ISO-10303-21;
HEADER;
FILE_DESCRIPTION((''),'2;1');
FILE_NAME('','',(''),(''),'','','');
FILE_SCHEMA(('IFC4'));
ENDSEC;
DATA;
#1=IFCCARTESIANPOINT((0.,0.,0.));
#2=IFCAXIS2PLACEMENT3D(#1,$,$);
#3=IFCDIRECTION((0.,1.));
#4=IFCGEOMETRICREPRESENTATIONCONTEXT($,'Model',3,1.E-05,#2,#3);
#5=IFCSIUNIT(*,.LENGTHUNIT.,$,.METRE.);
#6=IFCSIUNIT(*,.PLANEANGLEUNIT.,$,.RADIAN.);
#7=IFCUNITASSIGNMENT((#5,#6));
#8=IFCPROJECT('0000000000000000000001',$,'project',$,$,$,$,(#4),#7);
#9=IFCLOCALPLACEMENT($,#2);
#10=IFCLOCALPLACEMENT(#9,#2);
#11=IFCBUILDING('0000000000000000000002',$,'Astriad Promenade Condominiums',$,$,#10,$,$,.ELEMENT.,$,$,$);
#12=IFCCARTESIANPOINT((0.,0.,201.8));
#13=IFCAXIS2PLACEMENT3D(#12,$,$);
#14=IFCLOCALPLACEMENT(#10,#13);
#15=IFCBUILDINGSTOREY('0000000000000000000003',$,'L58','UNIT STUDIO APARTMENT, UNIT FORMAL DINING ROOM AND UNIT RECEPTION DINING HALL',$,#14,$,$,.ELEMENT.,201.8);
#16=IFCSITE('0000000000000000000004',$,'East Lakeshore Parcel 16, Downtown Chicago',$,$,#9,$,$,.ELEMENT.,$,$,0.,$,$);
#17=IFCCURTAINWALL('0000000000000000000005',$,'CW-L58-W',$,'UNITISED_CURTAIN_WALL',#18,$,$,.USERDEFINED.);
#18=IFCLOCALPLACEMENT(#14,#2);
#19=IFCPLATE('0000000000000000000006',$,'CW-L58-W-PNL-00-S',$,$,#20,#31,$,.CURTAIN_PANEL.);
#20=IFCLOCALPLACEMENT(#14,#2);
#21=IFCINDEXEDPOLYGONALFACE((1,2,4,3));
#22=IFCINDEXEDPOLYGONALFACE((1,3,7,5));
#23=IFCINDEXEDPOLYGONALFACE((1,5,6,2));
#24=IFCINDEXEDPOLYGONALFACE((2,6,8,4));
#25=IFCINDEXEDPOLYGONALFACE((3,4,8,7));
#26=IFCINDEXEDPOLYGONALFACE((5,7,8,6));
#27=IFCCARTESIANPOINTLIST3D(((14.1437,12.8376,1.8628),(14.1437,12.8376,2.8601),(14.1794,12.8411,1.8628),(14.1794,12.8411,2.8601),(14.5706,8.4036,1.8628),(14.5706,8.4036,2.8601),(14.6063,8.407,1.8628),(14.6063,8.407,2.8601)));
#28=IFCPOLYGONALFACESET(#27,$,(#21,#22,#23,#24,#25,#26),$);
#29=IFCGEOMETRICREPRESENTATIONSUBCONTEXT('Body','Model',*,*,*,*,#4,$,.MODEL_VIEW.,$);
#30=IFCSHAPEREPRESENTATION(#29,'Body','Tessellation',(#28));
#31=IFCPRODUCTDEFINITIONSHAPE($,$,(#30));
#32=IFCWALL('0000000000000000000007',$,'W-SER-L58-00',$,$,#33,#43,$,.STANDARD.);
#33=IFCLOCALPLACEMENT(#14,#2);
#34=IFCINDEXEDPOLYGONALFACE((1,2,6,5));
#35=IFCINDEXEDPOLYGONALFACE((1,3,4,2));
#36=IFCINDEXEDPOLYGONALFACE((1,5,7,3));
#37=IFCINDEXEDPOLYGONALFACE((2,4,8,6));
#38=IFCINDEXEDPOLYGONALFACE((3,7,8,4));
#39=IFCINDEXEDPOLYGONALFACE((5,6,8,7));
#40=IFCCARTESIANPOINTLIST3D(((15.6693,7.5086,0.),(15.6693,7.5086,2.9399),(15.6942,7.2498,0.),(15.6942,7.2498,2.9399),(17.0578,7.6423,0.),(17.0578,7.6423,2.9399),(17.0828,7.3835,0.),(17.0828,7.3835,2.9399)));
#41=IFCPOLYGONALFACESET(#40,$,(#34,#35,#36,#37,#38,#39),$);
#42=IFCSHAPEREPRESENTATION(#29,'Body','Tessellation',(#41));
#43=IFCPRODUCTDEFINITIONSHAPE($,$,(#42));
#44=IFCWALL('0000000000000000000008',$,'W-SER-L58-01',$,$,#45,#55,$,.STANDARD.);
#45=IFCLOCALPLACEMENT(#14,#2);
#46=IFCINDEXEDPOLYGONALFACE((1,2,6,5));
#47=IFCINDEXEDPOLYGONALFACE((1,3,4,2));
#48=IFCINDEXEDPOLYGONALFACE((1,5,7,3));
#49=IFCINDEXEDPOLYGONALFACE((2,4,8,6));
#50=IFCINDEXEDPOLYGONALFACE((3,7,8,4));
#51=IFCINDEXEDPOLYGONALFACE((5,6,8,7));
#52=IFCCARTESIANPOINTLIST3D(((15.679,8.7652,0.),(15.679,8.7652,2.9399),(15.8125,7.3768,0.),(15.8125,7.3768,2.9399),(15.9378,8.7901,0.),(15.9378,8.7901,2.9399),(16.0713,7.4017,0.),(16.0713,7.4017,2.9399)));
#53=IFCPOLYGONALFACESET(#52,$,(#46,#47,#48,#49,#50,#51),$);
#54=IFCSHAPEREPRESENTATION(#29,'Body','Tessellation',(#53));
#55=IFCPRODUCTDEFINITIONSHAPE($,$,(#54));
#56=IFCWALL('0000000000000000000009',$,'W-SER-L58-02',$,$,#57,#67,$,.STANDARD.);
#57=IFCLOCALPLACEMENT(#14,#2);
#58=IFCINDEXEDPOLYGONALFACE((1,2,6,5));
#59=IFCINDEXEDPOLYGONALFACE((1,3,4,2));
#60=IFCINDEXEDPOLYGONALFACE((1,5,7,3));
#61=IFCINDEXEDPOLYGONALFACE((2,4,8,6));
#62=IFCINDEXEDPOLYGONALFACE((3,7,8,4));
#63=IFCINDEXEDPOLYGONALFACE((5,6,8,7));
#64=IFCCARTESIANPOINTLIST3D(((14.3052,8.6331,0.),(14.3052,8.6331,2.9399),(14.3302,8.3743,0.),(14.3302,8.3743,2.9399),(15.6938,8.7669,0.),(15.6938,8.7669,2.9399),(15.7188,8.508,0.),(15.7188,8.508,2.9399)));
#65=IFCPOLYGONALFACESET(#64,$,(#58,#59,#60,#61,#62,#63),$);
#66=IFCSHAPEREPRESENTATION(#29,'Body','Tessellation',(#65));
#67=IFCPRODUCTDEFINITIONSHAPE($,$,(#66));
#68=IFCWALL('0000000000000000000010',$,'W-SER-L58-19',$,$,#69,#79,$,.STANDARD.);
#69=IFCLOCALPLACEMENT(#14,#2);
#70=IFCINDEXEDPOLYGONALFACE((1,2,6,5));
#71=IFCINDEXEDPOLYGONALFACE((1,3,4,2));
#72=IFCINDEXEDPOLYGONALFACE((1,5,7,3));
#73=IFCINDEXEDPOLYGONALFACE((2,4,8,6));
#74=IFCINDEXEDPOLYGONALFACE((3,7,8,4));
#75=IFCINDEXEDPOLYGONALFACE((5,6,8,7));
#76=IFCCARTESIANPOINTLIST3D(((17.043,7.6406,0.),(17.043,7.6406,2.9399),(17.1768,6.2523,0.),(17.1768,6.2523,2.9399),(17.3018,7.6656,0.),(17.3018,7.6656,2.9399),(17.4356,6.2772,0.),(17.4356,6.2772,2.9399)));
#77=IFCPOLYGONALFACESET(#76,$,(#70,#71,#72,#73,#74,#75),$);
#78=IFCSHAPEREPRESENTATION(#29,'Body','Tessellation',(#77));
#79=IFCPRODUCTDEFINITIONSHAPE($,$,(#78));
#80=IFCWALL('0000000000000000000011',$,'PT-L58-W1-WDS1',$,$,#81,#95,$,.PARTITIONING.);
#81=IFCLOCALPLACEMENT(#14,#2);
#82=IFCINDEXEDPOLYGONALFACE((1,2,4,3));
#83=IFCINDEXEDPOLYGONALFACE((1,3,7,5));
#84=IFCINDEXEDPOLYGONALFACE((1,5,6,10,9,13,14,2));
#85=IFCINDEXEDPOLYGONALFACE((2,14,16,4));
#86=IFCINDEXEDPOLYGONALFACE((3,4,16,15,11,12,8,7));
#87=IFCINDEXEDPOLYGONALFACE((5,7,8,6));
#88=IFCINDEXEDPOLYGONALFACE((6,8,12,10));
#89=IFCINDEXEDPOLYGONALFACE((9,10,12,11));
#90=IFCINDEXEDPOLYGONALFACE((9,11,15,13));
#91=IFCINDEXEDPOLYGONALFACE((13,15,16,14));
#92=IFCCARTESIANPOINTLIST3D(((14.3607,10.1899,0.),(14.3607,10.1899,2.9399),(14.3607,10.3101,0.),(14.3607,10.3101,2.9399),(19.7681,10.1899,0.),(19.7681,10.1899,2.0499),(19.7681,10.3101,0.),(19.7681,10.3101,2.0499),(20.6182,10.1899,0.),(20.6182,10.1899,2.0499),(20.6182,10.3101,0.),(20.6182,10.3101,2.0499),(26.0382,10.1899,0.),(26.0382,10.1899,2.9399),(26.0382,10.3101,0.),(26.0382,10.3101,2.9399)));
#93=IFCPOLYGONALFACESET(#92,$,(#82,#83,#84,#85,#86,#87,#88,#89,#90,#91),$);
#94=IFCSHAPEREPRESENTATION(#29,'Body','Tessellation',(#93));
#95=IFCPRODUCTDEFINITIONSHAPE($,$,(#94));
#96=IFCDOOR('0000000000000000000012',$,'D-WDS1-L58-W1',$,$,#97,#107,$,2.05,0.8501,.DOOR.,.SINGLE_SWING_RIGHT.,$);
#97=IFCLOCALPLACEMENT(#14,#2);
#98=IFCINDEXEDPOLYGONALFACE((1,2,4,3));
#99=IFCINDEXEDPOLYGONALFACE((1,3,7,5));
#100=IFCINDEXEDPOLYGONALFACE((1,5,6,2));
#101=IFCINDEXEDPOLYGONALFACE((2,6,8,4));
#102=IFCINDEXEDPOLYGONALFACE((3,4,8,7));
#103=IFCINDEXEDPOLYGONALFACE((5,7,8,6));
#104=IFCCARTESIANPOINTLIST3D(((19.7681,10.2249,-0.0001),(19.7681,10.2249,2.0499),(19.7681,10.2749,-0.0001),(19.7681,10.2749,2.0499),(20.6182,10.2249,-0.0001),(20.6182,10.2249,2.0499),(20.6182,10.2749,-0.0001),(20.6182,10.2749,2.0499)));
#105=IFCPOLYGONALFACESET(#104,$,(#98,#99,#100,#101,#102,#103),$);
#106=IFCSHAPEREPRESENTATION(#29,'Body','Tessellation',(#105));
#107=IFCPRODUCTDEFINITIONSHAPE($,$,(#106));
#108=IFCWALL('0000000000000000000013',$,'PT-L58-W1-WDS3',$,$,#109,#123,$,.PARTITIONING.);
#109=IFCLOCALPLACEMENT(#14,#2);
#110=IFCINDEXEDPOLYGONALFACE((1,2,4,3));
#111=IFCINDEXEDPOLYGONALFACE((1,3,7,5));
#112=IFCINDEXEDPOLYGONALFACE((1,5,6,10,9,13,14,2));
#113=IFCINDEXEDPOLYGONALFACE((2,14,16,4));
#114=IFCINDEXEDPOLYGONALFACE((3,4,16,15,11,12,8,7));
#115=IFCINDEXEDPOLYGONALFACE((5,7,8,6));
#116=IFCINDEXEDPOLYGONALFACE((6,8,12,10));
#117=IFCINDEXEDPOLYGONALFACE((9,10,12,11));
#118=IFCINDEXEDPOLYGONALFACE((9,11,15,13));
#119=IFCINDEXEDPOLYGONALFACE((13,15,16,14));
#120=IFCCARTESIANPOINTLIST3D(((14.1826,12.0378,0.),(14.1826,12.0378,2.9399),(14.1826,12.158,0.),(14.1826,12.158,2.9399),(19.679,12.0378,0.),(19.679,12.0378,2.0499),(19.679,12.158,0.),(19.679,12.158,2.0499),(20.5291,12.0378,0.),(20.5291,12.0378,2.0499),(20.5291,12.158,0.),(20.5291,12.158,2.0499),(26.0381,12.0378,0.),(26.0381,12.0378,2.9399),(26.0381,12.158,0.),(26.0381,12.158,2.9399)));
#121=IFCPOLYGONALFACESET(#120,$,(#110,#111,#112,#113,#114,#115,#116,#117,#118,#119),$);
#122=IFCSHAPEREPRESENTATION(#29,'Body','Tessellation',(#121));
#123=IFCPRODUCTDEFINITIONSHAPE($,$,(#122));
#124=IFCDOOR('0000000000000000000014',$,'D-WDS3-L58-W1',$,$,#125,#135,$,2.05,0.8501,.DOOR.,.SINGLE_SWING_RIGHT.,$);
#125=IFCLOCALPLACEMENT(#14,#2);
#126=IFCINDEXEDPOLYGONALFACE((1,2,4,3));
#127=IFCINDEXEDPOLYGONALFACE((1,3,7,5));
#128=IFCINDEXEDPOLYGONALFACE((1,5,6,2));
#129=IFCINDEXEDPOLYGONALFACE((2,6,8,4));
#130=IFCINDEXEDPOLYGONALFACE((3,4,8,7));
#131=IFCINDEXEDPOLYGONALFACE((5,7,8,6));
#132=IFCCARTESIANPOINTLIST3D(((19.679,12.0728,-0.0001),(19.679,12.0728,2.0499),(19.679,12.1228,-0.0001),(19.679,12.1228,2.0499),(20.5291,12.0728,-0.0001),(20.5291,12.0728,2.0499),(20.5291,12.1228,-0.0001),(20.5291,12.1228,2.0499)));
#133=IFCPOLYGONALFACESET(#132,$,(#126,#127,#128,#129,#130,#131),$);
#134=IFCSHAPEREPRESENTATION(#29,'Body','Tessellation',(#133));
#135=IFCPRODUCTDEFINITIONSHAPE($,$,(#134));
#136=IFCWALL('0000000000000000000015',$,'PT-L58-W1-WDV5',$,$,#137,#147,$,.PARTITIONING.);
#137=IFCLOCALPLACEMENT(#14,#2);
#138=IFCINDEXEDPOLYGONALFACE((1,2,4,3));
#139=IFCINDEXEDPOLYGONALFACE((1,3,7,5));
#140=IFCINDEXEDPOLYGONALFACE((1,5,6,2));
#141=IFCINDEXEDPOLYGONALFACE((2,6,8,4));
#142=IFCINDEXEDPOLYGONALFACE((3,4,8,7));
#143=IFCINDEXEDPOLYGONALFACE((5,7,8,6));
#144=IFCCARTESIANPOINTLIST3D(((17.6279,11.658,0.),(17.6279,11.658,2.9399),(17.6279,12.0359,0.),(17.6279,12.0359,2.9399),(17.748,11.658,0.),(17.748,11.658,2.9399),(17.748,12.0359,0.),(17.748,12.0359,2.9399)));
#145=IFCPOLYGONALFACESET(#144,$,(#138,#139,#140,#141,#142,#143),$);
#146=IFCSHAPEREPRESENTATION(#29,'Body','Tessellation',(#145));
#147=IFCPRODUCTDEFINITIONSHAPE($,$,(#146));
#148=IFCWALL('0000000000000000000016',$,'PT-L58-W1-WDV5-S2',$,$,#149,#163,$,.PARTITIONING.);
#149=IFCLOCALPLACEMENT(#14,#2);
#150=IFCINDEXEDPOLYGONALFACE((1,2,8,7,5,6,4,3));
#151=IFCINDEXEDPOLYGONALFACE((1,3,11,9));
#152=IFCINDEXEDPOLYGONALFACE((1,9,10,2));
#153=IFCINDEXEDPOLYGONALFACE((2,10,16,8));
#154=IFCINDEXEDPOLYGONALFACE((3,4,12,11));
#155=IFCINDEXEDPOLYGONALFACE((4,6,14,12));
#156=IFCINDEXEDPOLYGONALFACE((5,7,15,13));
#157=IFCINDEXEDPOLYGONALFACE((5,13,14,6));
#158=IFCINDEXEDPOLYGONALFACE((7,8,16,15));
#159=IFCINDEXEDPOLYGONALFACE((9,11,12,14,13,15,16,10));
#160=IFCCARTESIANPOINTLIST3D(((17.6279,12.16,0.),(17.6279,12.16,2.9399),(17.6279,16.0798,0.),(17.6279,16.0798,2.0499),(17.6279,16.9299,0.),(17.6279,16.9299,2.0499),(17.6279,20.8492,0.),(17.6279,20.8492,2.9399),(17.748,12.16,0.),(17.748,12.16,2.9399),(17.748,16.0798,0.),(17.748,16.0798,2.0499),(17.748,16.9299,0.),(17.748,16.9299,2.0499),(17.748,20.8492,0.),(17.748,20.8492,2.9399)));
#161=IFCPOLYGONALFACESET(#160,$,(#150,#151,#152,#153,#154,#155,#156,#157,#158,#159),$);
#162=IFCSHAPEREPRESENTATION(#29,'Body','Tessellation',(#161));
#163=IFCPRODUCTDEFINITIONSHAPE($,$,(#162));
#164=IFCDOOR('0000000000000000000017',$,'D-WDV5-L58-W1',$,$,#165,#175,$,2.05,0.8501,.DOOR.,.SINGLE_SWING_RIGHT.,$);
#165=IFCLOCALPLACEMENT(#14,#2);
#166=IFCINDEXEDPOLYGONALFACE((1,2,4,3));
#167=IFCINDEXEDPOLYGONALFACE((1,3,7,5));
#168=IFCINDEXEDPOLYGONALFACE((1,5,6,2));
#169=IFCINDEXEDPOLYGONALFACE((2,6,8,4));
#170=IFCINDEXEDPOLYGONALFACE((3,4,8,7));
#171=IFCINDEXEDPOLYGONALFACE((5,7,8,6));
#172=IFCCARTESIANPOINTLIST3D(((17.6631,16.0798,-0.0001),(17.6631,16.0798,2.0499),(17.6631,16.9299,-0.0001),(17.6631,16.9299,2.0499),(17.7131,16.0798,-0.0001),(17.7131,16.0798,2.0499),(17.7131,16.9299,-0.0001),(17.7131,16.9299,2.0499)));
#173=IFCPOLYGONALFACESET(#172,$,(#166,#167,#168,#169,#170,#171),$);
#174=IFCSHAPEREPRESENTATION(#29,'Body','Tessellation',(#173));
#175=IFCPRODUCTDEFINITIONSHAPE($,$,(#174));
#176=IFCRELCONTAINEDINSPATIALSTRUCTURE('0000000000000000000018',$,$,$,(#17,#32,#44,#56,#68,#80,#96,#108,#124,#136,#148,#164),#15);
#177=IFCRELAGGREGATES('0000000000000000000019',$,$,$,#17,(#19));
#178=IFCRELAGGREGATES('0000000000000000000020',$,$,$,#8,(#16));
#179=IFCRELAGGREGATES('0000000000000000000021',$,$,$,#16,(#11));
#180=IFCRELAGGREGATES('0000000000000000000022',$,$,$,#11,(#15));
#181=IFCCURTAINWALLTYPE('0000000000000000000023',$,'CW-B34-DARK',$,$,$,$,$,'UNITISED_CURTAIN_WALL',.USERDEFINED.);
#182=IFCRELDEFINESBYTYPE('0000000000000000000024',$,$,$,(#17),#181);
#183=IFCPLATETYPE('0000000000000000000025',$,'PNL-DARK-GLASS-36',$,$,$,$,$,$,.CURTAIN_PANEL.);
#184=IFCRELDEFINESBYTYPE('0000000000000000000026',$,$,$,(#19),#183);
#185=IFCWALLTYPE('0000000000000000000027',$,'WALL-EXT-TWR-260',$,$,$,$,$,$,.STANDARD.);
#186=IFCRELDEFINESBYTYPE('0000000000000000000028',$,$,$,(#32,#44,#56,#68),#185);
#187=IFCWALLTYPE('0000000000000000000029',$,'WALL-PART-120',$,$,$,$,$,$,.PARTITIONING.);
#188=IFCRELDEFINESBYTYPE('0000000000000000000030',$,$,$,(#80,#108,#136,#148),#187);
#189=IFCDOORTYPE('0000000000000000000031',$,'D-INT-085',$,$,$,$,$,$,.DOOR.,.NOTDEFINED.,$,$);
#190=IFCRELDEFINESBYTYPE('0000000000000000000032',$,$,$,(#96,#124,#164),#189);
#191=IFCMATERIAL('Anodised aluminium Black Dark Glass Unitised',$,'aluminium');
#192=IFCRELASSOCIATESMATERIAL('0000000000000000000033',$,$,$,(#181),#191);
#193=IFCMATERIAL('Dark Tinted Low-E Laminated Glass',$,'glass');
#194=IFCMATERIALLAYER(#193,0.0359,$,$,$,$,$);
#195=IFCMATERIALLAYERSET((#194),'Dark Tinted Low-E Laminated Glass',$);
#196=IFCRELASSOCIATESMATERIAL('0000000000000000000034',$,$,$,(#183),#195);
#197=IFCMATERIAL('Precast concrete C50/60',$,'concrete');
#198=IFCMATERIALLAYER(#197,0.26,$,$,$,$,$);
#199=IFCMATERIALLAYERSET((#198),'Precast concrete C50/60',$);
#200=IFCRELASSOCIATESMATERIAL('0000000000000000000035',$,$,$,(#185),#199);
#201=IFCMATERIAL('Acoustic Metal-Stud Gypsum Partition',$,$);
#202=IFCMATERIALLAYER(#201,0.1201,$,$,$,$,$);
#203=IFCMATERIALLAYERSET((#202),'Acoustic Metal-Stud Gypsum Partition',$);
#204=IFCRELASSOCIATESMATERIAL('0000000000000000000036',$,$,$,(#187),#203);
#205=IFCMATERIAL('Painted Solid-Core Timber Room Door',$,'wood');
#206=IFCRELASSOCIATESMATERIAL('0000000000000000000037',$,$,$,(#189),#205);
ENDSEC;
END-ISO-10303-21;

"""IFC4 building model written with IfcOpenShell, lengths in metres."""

from ifc_helpers import new_model, si_unit, direction, frame, frame_2d, origin, origin_2d, place, context, subcontext, project, spatial, rectangle, extrude, source, transform, mapped, material, layer, layer_set, type_object, type_shapes, element, fill, aggregate, save


model = new_model("IFC4")

# Units and contexts
model_context = context("Model", 3, precision=1e-05, world=origin(), true_north=direction((0.0, 1.0)))
body_context = subcontext(model_context, "Body", "Model", "MODEL_VIEW")
ifc_project = project(units=[si_unit("LENGTHUNIT", "METRE"), si_unit("PLANEANGLEUNIT", "RADIAN")], contexts=[model_context])

# Site, building, storey
site_placement = place(None, origin())
site = spatial("IfcSite", under=ifc_project, at=site_placement, Name="East Lakeshore Parcel 16, Downtown Chicago", CompositionType="ELEMENT", RefElevation=0.0)
building_placement = place(site_placement, origin())
building = spatial("IfcBuilding", under=site, at=building_placement, Name="Astriad Promenade Condominiums", CompositionType="ELEMENT")
storey_placement = place(building_placement, frame((0.0, 0.0, 201.8)))
storey = spatial("IfcBuildingStorey", under=building, at=storey_placement, Name="L58", Description="UNIT STUDIO APARTMENT, UNIT FORMAL DINING ROOM AND UNIT RECEPTION DINING HALL", CompositionType="ELEMENT", Elevation=201.8)

# Curtain wall
ifc_material_1 = material(Name="Anodised aluminium Black Dark Glass Unitised", Category="aluminium")
curtain_wall_type = type_object("IfcCurtainWallType", Name="CW-B34-DARK", ElementType="UNITISED_CURTAIN_WALL", PredefinedType="USERDEFINED", material=ifc_material_1)
curtain_wall_placement = place(storey_placement, origin())
curtain_wall = element("IfcCurtainWall", 1, at=curtain_wall_placement, inside=storey, type_object=curtain_wall_type, Name="CW-L58-W", ObjectType="UNITISED_CURTAIN_WALL", PredefinedType="USERDEFINED")

# Shared definitions
ifc_material_2 = material(Name="Precast concrete C50/60", Category="concrete")

# Plate
ifc_material_3 = material(Name="Dark Tinted Low-E Laminated Glass", Category="glass")
ifc_layer_1 = layer(ifc_material_3, 0.0359)
ifc_layer_set_1 = layer_set([ifc_layer_1], Name="Dark Tinted Low-E Laminated Glass")
plate_type = type_object("IfcPlateType", Name="PNL-DARK-GLASS-36", PredefinedType="CURTAIN_PANEL", material=ifc_layer_set_1)
shared_shape_1 = source(origin(), body_context, "Body", "SweptSolid", [
    extrude(rectangle(XDim=4.4546, YDim=0.0359, at=origin_2d()), origin(), (0.0, 0.0, 1.0), 0.9973),
])
plate_1_placement = place(storey_placement, frame((14.375, 10.6223, 1.8628), z_axis=(0.0, 0.0, 1.0), x_axis=(-0.095846, 0.995396, 0.0)))
plate_1 = element("IfcPlate", 2, at=plate_1_placement, type_object=plate_type, Name="CW-L58-W-PNL-00-S", PredefinedType="CURTAIN_PANEL", context=body_context, shape_type="MappedRepresentation", body=[
    mapped(shared_shape_1, transform((0.0, 0.0, 0.0), scale=1.0)),
])
aggregate(curtain_wall, [plate_1])

# Walls
ifc_layer_2 = layer(ifc_material_2, 0.26)
ifc_layer_set_2 = layer_set([ifc_layer_2], Name="Precast concrete C50/60")
wall_type_1 = type_object("IfcWallType", Name="WALL-EXT-TWR-260", PredefinedType="STANDARD", material=ifc_layer_set_2)
wall_1_placement = place(storey_placement, frame((17.0703, 7.5129, 0.0), z_axis=(0.0, 0.0, 1.0), x_axis=(-0.995391, -0.095899, 0.0)))
element("IfcWall", 3, at=wall_1_placement, inside=storey, type_object=wall_type_1, Name="W-SER-L58-00", PredefinedType="STANDARD", context=body_context, shape_type="SweptSolid", body=[
    extrude(rectangle(XDim=1.395, YDim=0.26, at=frame_2d((0.6975, 0.0))), origin(), (0.0, 0.0, 1.0), 2.9399),
])
wall_2_placement = place(storey_placement, frame((15.9419, 7.3894, 0.0), z_axis=(0.0, 0.0, 1.0), x_axis=(-0.095742, 0.995406, 0.0)))
element("IfcWall", 4, at=wall_2_placement, inside=storey, type_object=wall_type_1, Name="W-SER-L58-01", PredefinedType="STANDARD", context=body_context, shape_type="SweptSolid", body=[
    extrude(rectangle(XDim=1.3948, YDim=0.26, at=frame_2d((0.6973, 0.0))), origin(), (0.0, 0.0, 1.0), 2.9399),
])
wall_3_placement = place(storey_placement, frame((15.7063, 8.6375, 0.0), z_axis=(0.0, 0.0, 1.0), x_axis=(-0.995391, -0.095899, 0.0)))
element("IfcWall", 5, at=wall_3_placement, inside=storey, type_object=wall_type_1, Name="W-SER-L58-02", PredefinedType="STANDARD", context=body_context, shape_type="SweptSolid", body=[
    extrude(rectangle(XDim=1.395, YDim=0.26, at=frame_2d((0.6975, 0.0))), origin(), (0.0, 0.0, 1.0), 2.9399),
])
wall_4_placement = place(storey_placement, frame((17.3062, 6.2649, 0.0), z_axis=(0.0, 0.0, 1.0), x_axis=(-0.095916, 0.995389, 0.0)))
element("IfcWall", 6, at=wall_4_placement, inside=storey, type_object=wall_type_1, Name="W-SER-L58-19", PredefinedType="STANDARD", context=body_context, shape_type="SweptSolid", body=[
    extrude(rectangle(XDim=1.3948, YDim=0.26, at=frame_2d((0.6973, 0.0))), origin(), (0.0, 0.0, 1.0), 2.9399),
])

# Walls, openings, doors
ifc_material_4 = material(Name="Acoustic Metal-Stud Gypsum Partition")
ifc_layer_3 = layer(ifc_material_4, 0.1201)
ifc_layer_set_3 = layer_set([ifc_layer_3], Name="Acoustic Metal-Stud Gypsum Partition")
wall_type_2 = type_object("IfcWallType", Name="WALL-PART-120", PredefinedType="PARTITIONING", material=ifc_layer_set_3)
wall_5_placement = place(storey_placement, frame((14.3606, 10.25, 0.0), z_axis=(0.0, 0.0, 1.0), x_axis=(1.0, 0.0, 0.0)))
wall_5 = element("IfcWall", 7, at=wall_5_placement, inside=storey, type_object=wall_type_2, Name="PT-L58-W1-WDS1", PredefinedType="PARTITIONING", context=body_context, shape_type="SweptSolid", body=[
    extrude(rectangle(XDim=11.6775, YDim=0.1201, at=frame_2d((5.8389, 0.0))), origin(), (0.0, 0.0, 1.0), 2.9399),
])
opening_1_placement = place(wall_5_placement, frame((5.4075, 0.0, 0.0)))
opening_1 = element("IfcOpeningElement", 8, at=opening_1_placement, cuts=wall_5, PredefinedType="OPENING", context=body_context, shape_type="SweptSolid", body=[
    extrude(rectangle(XDim=0.8501, YDim=2.05, at=frame_2d((0.425, 1.0249))), frame((0.0, 0.0701, 0.0), z_axis=(0.0, -1.0, 0.0), x_axis=(1.0, 0.0, 0.0)), (0.0, 0.0, 1.0), 0.1401),
])
ifc_material_5 = material(Name="Painted Solid-Core Timber Room Door", Category="wood")
door_type = type_object("IfcDoorType", Name="D-INT-085", OperationType="NOTDEFINED", PredefinedType="DOOR", material=ifc_material_5)
shared_shape_2 = source(origin(), body_context, "Body", "SweptSolid", [
    extrude(rectangle(XDim=0.8501, YDim=2.05, at=frame_2d((0.425, 1.0249))), frame((0.0, 0.0249, 0.0), z_axis=(0.0, -1.0, 0.0), x_axis=(1.0, 0.0, 0.0)), (0.0, 0.0, 1.0), 0.05),
])
type_shapes(door_type, [shared_shape_2])
door_1_placement = place(opening_1_placement, origin())
door_1 = element("IfcDoor", 9, at=door_1_placement, inside=storey, type_object=door_type, Name="D-WDS1-L58-W1", OperationType="SINGLE_SWING_RIGHT", OverallHeight=2.05, OverallWidth=0.8501, PredefinedType="DOOR", context=body_context, shape_type="MappedRepresentation", body=[
    mapped(shared_shape_2, transform((0.0, 0.0, 0.0), scale=1.0)),
])
fill(opening_1, door_1)
wall_6_placement = place(storey_placement, frame((14.1826, 12.0979, 0.0), z_axis=(0.0, 0.0, 1.0), x_axis=(1.0, 0.0, 0.0)))
wall_6 = element("IfcWall", 10, at=wall_6_placement, inside=storey, type_object=wall_type_2, Name="PT-L58-W1-WDS3", PredefinedType="PARTITIONING", context=body_context, shape_type="SweptSolid", body=[
    extrude(rectangle(XDim=11.8555, YDim=0.1201, at=frame_2d((5.9277, 0.0))), origin(), (0.0, 0.0, 1.0), 2.9399),
])
opening_2_placement = place(wall_6_placement, frame((5.4963, 0.0, 0.0)))
opening_2 = element("IfcOpeningElement", 11, at=opening_2_placement, cuts=wall_6, PredefinedType="OPENING", context=body_context, shape_type="SweptSolid", body=[
    extrude(rectangle(XDim=0.8501, YDim=2.05, at=frame_2d((0.425, 1.0249))), frame((0.0, 0.0701, 0.0), z_axis=(0.0, -1.0, 0.0), x_axis=(1.0, 0.0, 0.0)), (0.0, 0.0, 1.0), 0.1401),
])
door_2_placement = place(opening_2_placement, origin())
door_2 = element("IfcDoor", 12, at=door_2_placement, inside=storey, type_object=door_type, Name="D-WDS3-L58-W1", OperationType="SINGLE_SWING_RIGHT", OverallHeight=2.05, OverallWidth=0.8501, PredefinedType="DOOR", context=body_context, shape_type="MappedRepresentation", body=[
    mapped(shared_shape_2, transform((0.0, 0.0, 0.0), scale=1.0)),
])
fill(opening_2, door_2)

# Wall
wall_7_placement = place(storey_placement, frame((17.688, 11.658, 0.0), z_axis=(0.0, 0.0, 1.0), x_axis=(0.0, 1.0, 0.0)))
element("IfcWall", 13, at=wall_7_placement, inside=storey, type_object=wall_type_2, Name="PT-L58-W1-WDV5", PredefinedType="PARTITIONING", context=body_context, shape_type="SweptSolid", body=[
    extrude(rectangle(XDim=0.3779, YDim=0.1201, at=frame_2d((0.189, 0.0))), origin(), (0.0, 0.0, 1.0), 2.9399),
])

# Wall, opening, door
wall_8_placement = place(storey_placement, frame((17.688, 12.1599, 0.0), z_axis=(0.0, 0.0, 1.0), x_axis=(0.0, 1.0, 0.0)))
wall_8 = element("IfcWall", 14, at=wall_8_placement, inside=storey, type_object=wall_type_2, Name="PT-L58-W1-WDV5-S2", PredefinedType="PARTITIONING", context=body_context, shape_type="SweptSolid", body=[
    extrude(rectangle(XDim=8.6892, YDim=0.1201, at=frame_2d((4.3447, 0.0))), origin(), (0.0, 0.0, 1.0), 2.9399),
])
opening_3_placement = place(wall_8_placement, frame((3.9199, 0.0, 0.0)))
opening_3 = element("IfcOpeningElement", 15, at=opening_3_placement, cuts=wall_8, PredefinedType="OPENING", context=body_context, shape_type="SweptSolid", body=[
    extrude(rectangle(XDim=0.8501, YDim=2.05, at=frame_2d((0.425, 1.0249))), frame((0.0, 0.0701, 0.0), z_axis=(0.0, -1.0, 0.0), x_axis=(1.0, 0.0, 0.0)), (0.0, 0.0, 1.0), 0.1401),
])
door_3_placement = place(opening_3_placement, origin())
door_3 = element("IfcDoor", 16, at=door_3_placement, inside=storey, type_object=door_type, Name="D-WDV5-L58-W1", OperationType="SINGLE_SWING_RIGHT", OverallHeight=2.05, OverallWidth=0.8501, PredefinedType="DOOR", context=body_context, shape_type="MappedRepresentation", body=[
    mapped(shared_shape_2, transform((0.0, 0.0, 0.0), scale=1.0)),
])
fill(opening_3, door_3)

save(model, "model.ifc")
